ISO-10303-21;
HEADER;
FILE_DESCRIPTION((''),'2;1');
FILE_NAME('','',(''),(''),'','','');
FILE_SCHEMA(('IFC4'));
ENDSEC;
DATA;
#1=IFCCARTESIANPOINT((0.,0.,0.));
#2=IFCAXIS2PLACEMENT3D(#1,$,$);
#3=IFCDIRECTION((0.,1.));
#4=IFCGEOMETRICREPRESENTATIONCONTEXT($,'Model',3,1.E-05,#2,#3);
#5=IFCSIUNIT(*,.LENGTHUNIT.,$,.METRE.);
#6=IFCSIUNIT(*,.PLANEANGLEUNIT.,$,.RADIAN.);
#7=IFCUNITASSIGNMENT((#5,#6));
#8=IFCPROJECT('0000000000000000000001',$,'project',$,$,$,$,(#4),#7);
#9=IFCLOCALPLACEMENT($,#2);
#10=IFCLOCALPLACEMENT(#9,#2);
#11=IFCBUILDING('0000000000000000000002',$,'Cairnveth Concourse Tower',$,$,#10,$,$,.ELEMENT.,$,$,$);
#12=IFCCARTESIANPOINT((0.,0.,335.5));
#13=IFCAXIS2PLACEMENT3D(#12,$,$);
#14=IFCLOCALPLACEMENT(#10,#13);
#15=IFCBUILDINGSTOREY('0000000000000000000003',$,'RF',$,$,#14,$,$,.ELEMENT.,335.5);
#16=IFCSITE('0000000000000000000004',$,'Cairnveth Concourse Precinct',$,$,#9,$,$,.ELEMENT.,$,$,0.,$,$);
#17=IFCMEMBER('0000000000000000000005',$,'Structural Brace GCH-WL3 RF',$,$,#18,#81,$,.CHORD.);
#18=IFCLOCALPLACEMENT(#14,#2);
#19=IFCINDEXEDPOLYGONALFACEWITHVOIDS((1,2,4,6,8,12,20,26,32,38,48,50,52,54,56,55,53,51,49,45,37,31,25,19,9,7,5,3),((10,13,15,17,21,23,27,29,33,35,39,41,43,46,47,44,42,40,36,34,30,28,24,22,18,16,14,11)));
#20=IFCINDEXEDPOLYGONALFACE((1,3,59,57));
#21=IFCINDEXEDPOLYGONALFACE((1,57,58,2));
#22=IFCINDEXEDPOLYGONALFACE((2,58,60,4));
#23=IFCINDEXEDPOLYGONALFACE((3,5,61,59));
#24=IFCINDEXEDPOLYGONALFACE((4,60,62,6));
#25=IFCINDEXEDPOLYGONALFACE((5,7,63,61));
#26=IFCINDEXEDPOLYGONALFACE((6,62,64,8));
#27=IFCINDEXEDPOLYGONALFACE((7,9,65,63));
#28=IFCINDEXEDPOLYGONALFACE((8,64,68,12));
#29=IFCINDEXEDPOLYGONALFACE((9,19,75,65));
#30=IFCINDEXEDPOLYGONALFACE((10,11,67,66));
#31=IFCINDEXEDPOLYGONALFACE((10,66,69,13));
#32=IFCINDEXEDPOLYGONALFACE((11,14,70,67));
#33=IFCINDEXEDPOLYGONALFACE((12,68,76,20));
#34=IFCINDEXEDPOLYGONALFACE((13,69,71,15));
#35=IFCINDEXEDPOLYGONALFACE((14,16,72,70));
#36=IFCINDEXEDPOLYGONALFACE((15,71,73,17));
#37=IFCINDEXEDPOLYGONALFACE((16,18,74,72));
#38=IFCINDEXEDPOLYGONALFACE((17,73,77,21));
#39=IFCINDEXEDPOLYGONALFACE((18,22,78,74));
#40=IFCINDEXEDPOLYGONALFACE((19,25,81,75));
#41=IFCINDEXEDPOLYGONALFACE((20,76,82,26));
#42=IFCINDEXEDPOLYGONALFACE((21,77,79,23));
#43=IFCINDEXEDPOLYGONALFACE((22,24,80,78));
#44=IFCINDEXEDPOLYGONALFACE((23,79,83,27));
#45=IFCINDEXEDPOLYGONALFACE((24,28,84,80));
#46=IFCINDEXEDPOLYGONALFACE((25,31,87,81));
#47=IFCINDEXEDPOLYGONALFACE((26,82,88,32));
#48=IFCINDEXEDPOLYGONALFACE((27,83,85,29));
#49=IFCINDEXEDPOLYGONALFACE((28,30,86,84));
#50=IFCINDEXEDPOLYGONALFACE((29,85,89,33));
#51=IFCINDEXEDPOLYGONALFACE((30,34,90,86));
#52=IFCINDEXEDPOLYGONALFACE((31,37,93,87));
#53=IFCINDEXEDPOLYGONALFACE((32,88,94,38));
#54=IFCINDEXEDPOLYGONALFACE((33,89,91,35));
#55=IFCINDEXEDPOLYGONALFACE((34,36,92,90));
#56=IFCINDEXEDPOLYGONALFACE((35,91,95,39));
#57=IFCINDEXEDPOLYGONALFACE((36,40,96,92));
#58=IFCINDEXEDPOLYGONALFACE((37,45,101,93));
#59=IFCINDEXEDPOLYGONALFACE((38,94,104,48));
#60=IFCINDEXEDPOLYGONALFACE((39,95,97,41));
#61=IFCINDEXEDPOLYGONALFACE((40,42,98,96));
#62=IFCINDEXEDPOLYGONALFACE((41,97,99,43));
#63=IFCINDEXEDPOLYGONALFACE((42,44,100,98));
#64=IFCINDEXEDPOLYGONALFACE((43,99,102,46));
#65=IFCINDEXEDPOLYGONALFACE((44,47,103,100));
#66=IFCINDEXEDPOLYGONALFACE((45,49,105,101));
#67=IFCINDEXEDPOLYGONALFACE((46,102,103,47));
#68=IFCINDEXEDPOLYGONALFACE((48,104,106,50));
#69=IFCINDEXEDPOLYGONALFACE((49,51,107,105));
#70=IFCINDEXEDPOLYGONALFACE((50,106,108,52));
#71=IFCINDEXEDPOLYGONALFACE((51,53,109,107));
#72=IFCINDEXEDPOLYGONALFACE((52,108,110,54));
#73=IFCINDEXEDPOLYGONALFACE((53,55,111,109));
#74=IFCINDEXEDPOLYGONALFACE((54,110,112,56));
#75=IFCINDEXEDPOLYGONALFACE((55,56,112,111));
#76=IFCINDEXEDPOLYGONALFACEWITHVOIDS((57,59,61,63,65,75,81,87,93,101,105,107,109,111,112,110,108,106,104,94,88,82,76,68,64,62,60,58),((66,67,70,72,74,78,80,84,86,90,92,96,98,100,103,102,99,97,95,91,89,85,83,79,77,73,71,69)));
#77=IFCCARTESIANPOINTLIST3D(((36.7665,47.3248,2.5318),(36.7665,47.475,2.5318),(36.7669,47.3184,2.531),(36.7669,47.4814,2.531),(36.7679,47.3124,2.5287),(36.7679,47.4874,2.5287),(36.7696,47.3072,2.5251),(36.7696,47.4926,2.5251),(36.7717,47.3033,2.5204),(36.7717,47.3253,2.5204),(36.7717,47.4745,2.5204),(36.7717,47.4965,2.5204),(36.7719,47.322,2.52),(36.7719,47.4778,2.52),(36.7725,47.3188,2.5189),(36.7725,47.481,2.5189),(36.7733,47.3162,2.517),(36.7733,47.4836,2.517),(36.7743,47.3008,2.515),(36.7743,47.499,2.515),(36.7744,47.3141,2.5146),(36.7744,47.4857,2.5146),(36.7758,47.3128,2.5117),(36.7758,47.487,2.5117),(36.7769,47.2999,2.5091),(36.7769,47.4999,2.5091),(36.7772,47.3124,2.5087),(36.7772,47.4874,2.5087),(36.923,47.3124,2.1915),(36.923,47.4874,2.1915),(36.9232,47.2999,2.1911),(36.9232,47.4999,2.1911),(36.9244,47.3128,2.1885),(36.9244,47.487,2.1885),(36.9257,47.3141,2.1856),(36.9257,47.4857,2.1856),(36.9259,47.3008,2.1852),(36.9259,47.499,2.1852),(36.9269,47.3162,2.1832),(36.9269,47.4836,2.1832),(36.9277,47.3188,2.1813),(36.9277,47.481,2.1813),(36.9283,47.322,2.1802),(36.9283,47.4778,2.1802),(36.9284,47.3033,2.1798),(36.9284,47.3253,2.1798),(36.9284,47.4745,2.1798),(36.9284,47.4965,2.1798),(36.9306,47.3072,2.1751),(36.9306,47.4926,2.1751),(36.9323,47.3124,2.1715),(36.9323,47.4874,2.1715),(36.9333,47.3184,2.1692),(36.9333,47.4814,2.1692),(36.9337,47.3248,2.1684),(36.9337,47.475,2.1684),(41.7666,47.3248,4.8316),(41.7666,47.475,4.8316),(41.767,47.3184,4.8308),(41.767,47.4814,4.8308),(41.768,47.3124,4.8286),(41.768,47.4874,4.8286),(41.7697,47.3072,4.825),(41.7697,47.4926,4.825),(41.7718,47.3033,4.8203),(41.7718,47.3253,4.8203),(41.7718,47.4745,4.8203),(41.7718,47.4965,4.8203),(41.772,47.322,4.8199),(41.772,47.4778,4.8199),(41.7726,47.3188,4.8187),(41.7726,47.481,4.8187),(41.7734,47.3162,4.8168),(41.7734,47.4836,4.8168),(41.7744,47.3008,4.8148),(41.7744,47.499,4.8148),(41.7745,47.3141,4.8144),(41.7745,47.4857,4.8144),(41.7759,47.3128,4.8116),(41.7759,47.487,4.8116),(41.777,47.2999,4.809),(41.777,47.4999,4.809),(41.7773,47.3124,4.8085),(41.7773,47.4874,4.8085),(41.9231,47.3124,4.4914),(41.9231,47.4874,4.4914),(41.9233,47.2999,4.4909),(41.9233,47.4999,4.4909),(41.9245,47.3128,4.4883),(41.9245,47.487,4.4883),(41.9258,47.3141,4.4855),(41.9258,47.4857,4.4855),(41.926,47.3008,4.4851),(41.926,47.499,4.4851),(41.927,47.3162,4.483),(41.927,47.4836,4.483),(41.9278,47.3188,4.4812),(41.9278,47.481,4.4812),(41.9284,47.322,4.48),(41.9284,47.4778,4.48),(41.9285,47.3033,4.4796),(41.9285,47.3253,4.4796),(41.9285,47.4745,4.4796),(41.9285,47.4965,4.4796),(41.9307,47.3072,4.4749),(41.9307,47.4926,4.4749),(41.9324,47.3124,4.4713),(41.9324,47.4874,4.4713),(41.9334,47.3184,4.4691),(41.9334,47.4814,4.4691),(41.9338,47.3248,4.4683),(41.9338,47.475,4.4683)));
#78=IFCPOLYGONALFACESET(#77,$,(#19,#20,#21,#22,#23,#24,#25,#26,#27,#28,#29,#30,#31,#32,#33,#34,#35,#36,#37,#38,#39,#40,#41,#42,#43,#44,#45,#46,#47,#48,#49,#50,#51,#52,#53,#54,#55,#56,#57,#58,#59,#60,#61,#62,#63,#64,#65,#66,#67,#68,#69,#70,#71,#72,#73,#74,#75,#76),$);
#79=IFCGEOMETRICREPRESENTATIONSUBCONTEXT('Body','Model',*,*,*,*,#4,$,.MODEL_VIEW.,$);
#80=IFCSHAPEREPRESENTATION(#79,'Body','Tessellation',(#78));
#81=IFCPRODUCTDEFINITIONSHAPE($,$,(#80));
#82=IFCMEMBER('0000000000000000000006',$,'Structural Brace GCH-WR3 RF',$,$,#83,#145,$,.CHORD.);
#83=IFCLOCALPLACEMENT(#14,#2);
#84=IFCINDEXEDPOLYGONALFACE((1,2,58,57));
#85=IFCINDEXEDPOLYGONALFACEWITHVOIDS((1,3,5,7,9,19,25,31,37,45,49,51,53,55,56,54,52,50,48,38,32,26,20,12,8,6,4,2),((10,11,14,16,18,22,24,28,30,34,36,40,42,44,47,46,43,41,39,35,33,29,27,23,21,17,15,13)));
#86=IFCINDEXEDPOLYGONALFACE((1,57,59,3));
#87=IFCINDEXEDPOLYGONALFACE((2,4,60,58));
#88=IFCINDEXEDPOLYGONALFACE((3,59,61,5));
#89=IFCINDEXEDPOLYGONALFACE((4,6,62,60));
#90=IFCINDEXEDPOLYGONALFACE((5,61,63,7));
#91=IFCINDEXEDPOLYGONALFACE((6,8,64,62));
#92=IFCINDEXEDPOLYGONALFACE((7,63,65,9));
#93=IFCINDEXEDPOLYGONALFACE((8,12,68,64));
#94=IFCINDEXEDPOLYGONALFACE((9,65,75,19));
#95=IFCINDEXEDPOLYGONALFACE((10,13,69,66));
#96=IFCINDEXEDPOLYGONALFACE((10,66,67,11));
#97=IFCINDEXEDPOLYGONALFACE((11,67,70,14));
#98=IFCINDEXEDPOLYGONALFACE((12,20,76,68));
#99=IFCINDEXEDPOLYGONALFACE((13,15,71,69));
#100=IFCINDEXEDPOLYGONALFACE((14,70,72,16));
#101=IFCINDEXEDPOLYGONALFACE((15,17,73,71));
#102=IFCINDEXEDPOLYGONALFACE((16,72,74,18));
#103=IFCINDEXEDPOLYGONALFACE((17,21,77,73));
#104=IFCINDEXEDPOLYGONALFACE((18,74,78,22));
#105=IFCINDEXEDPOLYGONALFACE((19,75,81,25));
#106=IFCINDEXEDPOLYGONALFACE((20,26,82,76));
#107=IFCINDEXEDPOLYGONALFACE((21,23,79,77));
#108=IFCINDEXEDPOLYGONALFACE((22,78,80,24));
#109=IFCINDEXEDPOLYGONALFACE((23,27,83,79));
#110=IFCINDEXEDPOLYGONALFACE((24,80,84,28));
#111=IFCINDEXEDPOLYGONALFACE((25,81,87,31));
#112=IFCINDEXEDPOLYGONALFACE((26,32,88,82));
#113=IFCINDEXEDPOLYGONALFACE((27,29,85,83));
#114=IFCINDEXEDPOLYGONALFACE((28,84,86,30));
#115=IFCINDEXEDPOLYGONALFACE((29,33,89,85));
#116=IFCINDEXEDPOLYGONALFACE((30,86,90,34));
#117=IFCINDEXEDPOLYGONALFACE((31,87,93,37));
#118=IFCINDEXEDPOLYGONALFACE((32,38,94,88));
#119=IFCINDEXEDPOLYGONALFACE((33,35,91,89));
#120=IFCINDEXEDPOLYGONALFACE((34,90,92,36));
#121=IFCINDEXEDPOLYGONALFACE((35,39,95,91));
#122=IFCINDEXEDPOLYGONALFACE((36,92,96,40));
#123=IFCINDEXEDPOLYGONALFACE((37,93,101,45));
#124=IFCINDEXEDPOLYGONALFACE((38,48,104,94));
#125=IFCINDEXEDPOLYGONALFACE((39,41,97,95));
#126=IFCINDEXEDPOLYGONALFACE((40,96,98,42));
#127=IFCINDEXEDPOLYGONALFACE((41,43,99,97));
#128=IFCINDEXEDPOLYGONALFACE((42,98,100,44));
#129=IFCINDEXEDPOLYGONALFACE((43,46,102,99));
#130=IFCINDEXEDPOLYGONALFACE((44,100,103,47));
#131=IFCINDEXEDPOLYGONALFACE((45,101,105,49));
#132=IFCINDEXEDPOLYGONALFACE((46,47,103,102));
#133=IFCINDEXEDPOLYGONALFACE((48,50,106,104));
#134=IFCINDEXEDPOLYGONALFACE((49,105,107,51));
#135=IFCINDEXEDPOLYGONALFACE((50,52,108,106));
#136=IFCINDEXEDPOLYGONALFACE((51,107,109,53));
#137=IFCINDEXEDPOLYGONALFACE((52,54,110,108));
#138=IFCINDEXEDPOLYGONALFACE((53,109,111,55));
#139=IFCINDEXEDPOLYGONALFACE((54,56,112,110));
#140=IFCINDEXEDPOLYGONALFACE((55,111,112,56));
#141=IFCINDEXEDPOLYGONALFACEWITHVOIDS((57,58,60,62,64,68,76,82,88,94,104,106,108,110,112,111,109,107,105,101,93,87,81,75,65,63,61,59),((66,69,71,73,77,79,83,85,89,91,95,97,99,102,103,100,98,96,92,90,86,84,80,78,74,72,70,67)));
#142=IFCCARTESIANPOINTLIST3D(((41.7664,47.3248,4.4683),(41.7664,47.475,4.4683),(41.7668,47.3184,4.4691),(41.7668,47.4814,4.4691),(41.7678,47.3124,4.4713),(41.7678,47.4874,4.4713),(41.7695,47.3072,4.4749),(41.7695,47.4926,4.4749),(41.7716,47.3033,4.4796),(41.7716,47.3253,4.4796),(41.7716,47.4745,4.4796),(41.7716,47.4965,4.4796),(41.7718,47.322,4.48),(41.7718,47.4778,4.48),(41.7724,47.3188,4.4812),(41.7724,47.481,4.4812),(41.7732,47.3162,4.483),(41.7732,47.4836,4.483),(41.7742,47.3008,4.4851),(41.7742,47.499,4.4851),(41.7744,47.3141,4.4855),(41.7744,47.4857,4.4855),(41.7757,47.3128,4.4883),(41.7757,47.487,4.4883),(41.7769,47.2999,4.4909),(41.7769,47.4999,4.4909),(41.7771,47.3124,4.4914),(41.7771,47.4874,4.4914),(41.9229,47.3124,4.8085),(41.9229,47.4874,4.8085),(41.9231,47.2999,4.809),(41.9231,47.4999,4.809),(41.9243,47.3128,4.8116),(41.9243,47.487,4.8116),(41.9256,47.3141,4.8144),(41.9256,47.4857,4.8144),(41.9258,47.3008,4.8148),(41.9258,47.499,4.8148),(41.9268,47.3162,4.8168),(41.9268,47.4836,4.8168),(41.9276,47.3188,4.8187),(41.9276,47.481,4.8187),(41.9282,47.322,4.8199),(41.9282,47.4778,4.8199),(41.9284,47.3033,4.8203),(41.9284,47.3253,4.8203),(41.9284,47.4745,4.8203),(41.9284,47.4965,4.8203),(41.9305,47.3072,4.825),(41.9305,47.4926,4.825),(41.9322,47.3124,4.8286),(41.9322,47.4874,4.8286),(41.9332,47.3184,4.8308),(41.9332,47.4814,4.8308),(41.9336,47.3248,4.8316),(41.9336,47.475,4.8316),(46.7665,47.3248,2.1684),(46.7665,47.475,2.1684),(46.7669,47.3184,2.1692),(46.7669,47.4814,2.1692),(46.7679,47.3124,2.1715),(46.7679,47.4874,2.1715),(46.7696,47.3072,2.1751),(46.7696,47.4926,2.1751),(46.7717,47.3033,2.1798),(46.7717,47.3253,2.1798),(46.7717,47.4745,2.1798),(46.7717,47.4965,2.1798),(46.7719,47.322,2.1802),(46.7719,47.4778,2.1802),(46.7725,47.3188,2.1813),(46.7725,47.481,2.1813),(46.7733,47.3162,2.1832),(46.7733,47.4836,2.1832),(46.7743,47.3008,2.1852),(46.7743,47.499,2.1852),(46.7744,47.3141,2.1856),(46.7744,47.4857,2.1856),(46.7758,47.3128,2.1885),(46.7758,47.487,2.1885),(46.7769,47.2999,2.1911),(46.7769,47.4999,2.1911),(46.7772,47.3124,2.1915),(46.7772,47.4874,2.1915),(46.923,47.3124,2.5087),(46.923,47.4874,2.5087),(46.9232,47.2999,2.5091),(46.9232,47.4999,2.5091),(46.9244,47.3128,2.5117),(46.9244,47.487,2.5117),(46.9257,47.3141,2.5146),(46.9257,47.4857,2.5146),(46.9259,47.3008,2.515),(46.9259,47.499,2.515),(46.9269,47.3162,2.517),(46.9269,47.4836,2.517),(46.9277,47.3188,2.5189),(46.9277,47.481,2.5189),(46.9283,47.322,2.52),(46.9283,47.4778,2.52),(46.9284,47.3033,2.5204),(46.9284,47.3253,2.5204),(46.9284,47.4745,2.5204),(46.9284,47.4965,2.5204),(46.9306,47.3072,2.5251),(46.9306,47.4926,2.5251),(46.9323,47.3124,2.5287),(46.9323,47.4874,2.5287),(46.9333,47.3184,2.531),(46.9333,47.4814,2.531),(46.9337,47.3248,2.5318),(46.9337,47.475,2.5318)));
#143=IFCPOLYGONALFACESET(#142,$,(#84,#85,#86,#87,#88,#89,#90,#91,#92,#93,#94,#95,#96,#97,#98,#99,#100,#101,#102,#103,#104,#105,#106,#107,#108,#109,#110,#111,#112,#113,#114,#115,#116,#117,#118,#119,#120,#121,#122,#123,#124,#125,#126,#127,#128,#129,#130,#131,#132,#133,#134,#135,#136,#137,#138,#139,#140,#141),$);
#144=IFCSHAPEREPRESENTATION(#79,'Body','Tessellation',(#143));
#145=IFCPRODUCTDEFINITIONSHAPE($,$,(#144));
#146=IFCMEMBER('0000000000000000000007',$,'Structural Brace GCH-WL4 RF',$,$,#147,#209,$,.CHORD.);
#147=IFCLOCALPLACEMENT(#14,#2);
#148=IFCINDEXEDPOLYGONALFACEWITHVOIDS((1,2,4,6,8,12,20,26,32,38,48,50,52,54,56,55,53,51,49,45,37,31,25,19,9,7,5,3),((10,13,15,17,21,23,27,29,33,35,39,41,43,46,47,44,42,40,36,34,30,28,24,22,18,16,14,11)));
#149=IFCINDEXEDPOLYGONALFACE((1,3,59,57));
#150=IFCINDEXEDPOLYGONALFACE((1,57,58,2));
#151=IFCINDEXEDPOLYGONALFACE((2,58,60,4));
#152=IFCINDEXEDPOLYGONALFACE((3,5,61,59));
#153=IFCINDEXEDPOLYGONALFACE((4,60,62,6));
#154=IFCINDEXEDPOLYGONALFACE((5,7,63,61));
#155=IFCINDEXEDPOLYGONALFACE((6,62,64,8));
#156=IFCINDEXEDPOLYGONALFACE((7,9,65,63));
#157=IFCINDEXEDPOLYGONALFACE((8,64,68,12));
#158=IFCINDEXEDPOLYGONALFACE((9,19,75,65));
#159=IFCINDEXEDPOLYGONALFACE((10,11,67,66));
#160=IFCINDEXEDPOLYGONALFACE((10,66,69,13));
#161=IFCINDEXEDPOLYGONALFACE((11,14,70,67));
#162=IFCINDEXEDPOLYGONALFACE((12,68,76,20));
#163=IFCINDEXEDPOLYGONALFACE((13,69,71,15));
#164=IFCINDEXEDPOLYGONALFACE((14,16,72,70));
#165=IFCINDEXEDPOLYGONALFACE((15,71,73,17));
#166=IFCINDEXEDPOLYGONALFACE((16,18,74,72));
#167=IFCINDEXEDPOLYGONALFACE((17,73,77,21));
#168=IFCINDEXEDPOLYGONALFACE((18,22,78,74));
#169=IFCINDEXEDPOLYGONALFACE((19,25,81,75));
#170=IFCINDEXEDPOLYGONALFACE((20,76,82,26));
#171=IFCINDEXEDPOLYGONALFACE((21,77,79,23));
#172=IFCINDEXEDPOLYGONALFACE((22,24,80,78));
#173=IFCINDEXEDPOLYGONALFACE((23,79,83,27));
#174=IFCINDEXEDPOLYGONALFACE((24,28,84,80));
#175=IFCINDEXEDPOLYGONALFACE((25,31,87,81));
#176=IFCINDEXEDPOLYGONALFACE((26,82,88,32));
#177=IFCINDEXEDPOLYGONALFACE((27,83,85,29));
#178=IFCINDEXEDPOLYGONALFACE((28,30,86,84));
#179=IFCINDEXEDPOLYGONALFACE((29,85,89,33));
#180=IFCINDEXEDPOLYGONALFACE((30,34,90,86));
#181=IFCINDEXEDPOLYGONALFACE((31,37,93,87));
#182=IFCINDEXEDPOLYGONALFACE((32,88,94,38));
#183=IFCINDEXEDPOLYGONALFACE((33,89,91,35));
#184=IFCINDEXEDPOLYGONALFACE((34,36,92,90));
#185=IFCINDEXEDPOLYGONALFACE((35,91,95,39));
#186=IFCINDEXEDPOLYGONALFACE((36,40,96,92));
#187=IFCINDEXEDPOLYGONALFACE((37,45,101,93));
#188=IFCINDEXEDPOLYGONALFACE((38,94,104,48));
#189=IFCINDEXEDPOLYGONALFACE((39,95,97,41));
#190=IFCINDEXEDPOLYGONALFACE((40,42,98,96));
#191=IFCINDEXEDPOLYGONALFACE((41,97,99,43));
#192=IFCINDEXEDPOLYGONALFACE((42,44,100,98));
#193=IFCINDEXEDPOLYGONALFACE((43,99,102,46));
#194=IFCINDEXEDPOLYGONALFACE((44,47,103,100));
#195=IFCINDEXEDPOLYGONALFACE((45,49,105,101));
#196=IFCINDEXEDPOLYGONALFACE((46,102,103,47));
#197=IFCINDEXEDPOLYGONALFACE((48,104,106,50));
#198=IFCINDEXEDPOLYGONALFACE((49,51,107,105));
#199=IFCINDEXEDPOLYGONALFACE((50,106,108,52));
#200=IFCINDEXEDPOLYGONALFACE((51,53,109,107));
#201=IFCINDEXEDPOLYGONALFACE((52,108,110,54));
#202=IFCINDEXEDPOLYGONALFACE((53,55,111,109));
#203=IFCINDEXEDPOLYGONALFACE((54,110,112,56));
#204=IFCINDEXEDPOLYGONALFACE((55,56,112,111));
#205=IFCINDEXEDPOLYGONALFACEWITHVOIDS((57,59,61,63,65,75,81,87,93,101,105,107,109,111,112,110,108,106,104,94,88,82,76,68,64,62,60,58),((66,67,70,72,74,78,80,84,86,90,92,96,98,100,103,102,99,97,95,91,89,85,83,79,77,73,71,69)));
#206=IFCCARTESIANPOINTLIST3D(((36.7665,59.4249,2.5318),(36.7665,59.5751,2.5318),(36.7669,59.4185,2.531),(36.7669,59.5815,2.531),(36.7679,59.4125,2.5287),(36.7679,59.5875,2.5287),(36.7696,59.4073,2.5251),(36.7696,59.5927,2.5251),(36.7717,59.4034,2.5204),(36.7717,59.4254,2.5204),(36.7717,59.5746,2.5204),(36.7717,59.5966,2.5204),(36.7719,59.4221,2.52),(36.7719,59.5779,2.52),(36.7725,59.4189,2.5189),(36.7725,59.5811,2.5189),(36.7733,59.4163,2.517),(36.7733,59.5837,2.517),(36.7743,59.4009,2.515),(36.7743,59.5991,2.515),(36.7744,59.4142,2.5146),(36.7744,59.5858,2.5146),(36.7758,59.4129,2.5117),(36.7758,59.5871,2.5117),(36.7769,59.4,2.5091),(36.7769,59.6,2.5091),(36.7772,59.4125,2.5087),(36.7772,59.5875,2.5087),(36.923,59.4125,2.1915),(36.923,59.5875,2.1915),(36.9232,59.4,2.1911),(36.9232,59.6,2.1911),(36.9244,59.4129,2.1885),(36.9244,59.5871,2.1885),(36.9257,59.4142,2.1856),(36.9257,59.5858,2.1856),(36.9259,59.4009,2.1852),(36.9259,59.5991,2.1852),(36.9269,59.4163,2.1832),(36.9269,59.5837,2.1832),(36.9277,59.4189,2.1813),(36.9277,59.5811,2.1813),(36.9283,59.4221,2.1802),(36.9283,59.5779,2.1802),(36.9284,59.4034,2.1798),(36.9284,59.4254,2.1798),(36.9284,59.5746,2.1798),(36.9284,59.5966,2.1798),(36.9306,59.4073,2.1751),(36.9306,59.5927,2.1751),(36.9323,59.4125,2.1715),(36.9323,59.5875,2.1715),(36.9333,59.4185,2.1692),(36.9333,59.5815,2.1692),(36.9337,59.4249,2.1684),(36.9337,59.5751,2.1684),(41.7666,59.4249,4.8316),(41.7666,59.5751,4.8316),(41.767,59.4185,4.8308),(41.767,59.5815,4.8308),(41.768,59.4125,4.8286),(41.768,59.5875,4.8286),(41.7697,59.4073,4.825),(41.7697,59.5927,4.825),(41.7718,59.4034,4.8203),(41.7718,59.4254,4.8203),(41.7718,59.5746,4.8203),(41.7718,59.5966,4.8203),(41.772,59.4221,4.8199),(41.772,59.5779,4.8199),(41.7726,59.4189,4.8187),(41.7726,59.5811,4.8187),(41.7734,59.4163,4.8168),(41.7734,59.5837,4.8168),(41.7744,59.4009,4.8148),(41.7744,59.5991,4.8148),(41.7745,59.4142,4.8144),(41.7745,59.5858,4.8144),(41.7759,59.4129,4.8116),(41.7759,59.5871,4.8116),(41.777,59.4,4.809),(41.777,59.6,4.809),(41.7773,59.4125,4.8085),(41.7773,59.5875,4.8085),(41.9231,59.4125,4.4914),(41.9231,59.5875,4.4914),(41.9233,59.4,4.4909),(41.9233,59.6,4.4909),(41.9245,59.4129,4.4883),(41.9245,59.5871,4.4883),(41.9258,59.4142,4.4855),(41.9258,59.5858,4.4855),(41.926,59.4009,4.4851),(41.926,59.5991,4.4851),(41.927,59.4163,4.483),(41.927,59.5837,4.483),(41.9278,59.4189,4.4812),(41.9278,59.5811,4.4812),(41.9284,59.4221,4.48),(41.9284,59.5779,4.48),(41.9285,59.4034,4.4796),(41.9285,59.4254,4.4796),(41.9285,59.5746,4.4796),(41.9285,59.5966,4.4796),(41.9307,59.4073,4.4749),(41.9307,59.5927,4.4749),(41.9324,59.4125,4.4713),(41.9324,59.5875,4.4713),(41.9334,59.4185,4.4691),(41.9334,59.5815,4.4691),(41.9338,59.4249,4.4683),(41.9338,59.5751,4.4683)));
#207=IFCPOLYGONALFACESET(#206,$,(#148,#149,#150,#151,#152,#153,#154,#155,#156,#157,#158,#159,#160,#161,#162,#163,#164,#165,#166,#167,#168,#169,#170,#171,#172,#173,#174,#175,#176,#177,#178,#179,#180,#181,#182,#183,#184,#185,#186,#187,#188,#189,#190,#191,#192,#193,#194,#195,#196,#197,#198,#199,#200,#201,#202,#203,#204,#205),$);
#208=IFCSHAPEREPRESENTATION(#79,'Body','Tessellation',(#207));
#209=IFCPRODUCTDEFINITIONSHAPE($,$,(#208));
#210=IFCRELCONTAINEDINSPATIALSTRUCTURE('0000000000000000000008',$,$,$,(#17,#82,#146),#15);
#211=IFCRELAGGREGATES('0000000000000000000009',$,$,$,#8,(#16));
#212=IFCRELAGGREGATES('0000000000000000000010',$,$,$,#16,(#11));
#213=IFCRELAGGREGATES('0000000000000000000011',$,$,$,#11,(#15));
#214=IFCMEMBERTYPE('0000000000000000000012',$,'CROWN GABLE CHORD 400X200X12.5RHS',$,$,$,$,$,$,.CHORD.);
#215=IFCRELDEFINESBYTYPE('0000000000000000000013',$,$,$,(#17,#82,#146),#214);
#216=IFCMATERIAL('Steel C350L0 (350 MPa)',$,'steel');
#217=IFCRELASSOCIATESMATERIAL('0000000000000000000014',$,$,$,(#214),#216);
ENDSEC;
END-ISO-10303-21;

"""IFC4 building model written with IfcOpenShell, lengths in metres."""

from ifc_helpers import new_model, si_unit, direction, frame, origin, origin_2d, place, context, subcontext, project, spatial, hollow_rectangle, extrude, material, material_profile, profile_set, type_object, element, save


model = new_model("IFC4")

# Units and contexts
model_context = context("Model", 3, precision=1e-05, world=origin(), true_north=direction((0.0, 1.0)))
body_context = subcontext(model_context, "Body", "Model", "MODEL_VIEW")
ifc_project = project(units=[si_unit("LENGTHUNIT", "METRE"), si_unit("PLANEANGLEUNIT", "RADIAN")], contexts=[model_context])

# Site, building, storey
site_placement = place(None, origin())
site = spatial("IfcSite", under=ifc_project, at=site_placement, Name="Cairnveth Concourse Precinct", CompositionType="ELEMENT", RefElevation=0.0)
building_placement = place(site_placement, origin())
building = spatial("IfcBuilding", under=site, at=building_placement, Name="Cairnveth Concourse Tower", CompositionType="ELEMENT")
storey_placement = place(building_placement, frame((0.0, 0.0, 335.5)))
storey = spatial("IfcBuildingStorey", under=building, at=storey_placement, Name="RF", CompositionType="ELEMENT", Elevation=335.5)

# Members
ifc_material_1 = material(Name="Steel C350L0 (350 MPa)", Category="steel")
ifc_material_profile_1 = material_profile(ifc_material_1, hollow_rectangle(XDim=0.2, YDim=0.3999, WallThickness=0.0125, InnerFilletRadius=0.0129, OuterFilletRadius=0.0249, at=origin_2d()), Name="400x200x12.5RHS")
ifc_profile_set_1 = profile_set([ifc_material_profile_1], Name="Steel C350L0 (350 MPa)")
member_type_1 = type_object("IfcMemberType", Name="CROWN GABLE CHORD 400X200X12.5RHS", PredefinedType="CHORD", material=ifc_profile_set_1)
for number, where, z_axis, x_axis, name in (
    (1, (36.8501, 47.3999, 2.3501), (0.908504, 0.0, 0.417876), (0.0, 1.0, 0.0), "Structural Brace GCH-WL3 RF"),
    (2, (46.8501, 47.3999, 2.3501), (-0.908504, 0.0, 0.417876), (0.0, -1.0, 0.0), "Structural Brace GCH-WR3 RF"),
    (3, (36.8501, 59.5, 2.3501), (0.908504, 0.0, 0.417876), (0.0, 1.0, 0.0), "Structural Brace GCH-WL4 RF"),
):
    element("IfcMember", number, at=place(storey_placement, frame(where, z_axis=z_axis, x_axis=x_axis)), inside=storey, type_object=member_type_1, Name=name, PredefinedType="CHORD", context=body_context, shape_type="SweptSolid", body=[
        extrude(hollow_rectangle(XDim=0.2, YDim=0.3999, WallThickness=0.0125, InnerFilletRadius=0.0129, OuterFilletRadius=0.0249, at=origin_2d()), origin(), (0.0, 0.0, 1.0), 5.5037),
    ])

save(model, "model.ifc")
